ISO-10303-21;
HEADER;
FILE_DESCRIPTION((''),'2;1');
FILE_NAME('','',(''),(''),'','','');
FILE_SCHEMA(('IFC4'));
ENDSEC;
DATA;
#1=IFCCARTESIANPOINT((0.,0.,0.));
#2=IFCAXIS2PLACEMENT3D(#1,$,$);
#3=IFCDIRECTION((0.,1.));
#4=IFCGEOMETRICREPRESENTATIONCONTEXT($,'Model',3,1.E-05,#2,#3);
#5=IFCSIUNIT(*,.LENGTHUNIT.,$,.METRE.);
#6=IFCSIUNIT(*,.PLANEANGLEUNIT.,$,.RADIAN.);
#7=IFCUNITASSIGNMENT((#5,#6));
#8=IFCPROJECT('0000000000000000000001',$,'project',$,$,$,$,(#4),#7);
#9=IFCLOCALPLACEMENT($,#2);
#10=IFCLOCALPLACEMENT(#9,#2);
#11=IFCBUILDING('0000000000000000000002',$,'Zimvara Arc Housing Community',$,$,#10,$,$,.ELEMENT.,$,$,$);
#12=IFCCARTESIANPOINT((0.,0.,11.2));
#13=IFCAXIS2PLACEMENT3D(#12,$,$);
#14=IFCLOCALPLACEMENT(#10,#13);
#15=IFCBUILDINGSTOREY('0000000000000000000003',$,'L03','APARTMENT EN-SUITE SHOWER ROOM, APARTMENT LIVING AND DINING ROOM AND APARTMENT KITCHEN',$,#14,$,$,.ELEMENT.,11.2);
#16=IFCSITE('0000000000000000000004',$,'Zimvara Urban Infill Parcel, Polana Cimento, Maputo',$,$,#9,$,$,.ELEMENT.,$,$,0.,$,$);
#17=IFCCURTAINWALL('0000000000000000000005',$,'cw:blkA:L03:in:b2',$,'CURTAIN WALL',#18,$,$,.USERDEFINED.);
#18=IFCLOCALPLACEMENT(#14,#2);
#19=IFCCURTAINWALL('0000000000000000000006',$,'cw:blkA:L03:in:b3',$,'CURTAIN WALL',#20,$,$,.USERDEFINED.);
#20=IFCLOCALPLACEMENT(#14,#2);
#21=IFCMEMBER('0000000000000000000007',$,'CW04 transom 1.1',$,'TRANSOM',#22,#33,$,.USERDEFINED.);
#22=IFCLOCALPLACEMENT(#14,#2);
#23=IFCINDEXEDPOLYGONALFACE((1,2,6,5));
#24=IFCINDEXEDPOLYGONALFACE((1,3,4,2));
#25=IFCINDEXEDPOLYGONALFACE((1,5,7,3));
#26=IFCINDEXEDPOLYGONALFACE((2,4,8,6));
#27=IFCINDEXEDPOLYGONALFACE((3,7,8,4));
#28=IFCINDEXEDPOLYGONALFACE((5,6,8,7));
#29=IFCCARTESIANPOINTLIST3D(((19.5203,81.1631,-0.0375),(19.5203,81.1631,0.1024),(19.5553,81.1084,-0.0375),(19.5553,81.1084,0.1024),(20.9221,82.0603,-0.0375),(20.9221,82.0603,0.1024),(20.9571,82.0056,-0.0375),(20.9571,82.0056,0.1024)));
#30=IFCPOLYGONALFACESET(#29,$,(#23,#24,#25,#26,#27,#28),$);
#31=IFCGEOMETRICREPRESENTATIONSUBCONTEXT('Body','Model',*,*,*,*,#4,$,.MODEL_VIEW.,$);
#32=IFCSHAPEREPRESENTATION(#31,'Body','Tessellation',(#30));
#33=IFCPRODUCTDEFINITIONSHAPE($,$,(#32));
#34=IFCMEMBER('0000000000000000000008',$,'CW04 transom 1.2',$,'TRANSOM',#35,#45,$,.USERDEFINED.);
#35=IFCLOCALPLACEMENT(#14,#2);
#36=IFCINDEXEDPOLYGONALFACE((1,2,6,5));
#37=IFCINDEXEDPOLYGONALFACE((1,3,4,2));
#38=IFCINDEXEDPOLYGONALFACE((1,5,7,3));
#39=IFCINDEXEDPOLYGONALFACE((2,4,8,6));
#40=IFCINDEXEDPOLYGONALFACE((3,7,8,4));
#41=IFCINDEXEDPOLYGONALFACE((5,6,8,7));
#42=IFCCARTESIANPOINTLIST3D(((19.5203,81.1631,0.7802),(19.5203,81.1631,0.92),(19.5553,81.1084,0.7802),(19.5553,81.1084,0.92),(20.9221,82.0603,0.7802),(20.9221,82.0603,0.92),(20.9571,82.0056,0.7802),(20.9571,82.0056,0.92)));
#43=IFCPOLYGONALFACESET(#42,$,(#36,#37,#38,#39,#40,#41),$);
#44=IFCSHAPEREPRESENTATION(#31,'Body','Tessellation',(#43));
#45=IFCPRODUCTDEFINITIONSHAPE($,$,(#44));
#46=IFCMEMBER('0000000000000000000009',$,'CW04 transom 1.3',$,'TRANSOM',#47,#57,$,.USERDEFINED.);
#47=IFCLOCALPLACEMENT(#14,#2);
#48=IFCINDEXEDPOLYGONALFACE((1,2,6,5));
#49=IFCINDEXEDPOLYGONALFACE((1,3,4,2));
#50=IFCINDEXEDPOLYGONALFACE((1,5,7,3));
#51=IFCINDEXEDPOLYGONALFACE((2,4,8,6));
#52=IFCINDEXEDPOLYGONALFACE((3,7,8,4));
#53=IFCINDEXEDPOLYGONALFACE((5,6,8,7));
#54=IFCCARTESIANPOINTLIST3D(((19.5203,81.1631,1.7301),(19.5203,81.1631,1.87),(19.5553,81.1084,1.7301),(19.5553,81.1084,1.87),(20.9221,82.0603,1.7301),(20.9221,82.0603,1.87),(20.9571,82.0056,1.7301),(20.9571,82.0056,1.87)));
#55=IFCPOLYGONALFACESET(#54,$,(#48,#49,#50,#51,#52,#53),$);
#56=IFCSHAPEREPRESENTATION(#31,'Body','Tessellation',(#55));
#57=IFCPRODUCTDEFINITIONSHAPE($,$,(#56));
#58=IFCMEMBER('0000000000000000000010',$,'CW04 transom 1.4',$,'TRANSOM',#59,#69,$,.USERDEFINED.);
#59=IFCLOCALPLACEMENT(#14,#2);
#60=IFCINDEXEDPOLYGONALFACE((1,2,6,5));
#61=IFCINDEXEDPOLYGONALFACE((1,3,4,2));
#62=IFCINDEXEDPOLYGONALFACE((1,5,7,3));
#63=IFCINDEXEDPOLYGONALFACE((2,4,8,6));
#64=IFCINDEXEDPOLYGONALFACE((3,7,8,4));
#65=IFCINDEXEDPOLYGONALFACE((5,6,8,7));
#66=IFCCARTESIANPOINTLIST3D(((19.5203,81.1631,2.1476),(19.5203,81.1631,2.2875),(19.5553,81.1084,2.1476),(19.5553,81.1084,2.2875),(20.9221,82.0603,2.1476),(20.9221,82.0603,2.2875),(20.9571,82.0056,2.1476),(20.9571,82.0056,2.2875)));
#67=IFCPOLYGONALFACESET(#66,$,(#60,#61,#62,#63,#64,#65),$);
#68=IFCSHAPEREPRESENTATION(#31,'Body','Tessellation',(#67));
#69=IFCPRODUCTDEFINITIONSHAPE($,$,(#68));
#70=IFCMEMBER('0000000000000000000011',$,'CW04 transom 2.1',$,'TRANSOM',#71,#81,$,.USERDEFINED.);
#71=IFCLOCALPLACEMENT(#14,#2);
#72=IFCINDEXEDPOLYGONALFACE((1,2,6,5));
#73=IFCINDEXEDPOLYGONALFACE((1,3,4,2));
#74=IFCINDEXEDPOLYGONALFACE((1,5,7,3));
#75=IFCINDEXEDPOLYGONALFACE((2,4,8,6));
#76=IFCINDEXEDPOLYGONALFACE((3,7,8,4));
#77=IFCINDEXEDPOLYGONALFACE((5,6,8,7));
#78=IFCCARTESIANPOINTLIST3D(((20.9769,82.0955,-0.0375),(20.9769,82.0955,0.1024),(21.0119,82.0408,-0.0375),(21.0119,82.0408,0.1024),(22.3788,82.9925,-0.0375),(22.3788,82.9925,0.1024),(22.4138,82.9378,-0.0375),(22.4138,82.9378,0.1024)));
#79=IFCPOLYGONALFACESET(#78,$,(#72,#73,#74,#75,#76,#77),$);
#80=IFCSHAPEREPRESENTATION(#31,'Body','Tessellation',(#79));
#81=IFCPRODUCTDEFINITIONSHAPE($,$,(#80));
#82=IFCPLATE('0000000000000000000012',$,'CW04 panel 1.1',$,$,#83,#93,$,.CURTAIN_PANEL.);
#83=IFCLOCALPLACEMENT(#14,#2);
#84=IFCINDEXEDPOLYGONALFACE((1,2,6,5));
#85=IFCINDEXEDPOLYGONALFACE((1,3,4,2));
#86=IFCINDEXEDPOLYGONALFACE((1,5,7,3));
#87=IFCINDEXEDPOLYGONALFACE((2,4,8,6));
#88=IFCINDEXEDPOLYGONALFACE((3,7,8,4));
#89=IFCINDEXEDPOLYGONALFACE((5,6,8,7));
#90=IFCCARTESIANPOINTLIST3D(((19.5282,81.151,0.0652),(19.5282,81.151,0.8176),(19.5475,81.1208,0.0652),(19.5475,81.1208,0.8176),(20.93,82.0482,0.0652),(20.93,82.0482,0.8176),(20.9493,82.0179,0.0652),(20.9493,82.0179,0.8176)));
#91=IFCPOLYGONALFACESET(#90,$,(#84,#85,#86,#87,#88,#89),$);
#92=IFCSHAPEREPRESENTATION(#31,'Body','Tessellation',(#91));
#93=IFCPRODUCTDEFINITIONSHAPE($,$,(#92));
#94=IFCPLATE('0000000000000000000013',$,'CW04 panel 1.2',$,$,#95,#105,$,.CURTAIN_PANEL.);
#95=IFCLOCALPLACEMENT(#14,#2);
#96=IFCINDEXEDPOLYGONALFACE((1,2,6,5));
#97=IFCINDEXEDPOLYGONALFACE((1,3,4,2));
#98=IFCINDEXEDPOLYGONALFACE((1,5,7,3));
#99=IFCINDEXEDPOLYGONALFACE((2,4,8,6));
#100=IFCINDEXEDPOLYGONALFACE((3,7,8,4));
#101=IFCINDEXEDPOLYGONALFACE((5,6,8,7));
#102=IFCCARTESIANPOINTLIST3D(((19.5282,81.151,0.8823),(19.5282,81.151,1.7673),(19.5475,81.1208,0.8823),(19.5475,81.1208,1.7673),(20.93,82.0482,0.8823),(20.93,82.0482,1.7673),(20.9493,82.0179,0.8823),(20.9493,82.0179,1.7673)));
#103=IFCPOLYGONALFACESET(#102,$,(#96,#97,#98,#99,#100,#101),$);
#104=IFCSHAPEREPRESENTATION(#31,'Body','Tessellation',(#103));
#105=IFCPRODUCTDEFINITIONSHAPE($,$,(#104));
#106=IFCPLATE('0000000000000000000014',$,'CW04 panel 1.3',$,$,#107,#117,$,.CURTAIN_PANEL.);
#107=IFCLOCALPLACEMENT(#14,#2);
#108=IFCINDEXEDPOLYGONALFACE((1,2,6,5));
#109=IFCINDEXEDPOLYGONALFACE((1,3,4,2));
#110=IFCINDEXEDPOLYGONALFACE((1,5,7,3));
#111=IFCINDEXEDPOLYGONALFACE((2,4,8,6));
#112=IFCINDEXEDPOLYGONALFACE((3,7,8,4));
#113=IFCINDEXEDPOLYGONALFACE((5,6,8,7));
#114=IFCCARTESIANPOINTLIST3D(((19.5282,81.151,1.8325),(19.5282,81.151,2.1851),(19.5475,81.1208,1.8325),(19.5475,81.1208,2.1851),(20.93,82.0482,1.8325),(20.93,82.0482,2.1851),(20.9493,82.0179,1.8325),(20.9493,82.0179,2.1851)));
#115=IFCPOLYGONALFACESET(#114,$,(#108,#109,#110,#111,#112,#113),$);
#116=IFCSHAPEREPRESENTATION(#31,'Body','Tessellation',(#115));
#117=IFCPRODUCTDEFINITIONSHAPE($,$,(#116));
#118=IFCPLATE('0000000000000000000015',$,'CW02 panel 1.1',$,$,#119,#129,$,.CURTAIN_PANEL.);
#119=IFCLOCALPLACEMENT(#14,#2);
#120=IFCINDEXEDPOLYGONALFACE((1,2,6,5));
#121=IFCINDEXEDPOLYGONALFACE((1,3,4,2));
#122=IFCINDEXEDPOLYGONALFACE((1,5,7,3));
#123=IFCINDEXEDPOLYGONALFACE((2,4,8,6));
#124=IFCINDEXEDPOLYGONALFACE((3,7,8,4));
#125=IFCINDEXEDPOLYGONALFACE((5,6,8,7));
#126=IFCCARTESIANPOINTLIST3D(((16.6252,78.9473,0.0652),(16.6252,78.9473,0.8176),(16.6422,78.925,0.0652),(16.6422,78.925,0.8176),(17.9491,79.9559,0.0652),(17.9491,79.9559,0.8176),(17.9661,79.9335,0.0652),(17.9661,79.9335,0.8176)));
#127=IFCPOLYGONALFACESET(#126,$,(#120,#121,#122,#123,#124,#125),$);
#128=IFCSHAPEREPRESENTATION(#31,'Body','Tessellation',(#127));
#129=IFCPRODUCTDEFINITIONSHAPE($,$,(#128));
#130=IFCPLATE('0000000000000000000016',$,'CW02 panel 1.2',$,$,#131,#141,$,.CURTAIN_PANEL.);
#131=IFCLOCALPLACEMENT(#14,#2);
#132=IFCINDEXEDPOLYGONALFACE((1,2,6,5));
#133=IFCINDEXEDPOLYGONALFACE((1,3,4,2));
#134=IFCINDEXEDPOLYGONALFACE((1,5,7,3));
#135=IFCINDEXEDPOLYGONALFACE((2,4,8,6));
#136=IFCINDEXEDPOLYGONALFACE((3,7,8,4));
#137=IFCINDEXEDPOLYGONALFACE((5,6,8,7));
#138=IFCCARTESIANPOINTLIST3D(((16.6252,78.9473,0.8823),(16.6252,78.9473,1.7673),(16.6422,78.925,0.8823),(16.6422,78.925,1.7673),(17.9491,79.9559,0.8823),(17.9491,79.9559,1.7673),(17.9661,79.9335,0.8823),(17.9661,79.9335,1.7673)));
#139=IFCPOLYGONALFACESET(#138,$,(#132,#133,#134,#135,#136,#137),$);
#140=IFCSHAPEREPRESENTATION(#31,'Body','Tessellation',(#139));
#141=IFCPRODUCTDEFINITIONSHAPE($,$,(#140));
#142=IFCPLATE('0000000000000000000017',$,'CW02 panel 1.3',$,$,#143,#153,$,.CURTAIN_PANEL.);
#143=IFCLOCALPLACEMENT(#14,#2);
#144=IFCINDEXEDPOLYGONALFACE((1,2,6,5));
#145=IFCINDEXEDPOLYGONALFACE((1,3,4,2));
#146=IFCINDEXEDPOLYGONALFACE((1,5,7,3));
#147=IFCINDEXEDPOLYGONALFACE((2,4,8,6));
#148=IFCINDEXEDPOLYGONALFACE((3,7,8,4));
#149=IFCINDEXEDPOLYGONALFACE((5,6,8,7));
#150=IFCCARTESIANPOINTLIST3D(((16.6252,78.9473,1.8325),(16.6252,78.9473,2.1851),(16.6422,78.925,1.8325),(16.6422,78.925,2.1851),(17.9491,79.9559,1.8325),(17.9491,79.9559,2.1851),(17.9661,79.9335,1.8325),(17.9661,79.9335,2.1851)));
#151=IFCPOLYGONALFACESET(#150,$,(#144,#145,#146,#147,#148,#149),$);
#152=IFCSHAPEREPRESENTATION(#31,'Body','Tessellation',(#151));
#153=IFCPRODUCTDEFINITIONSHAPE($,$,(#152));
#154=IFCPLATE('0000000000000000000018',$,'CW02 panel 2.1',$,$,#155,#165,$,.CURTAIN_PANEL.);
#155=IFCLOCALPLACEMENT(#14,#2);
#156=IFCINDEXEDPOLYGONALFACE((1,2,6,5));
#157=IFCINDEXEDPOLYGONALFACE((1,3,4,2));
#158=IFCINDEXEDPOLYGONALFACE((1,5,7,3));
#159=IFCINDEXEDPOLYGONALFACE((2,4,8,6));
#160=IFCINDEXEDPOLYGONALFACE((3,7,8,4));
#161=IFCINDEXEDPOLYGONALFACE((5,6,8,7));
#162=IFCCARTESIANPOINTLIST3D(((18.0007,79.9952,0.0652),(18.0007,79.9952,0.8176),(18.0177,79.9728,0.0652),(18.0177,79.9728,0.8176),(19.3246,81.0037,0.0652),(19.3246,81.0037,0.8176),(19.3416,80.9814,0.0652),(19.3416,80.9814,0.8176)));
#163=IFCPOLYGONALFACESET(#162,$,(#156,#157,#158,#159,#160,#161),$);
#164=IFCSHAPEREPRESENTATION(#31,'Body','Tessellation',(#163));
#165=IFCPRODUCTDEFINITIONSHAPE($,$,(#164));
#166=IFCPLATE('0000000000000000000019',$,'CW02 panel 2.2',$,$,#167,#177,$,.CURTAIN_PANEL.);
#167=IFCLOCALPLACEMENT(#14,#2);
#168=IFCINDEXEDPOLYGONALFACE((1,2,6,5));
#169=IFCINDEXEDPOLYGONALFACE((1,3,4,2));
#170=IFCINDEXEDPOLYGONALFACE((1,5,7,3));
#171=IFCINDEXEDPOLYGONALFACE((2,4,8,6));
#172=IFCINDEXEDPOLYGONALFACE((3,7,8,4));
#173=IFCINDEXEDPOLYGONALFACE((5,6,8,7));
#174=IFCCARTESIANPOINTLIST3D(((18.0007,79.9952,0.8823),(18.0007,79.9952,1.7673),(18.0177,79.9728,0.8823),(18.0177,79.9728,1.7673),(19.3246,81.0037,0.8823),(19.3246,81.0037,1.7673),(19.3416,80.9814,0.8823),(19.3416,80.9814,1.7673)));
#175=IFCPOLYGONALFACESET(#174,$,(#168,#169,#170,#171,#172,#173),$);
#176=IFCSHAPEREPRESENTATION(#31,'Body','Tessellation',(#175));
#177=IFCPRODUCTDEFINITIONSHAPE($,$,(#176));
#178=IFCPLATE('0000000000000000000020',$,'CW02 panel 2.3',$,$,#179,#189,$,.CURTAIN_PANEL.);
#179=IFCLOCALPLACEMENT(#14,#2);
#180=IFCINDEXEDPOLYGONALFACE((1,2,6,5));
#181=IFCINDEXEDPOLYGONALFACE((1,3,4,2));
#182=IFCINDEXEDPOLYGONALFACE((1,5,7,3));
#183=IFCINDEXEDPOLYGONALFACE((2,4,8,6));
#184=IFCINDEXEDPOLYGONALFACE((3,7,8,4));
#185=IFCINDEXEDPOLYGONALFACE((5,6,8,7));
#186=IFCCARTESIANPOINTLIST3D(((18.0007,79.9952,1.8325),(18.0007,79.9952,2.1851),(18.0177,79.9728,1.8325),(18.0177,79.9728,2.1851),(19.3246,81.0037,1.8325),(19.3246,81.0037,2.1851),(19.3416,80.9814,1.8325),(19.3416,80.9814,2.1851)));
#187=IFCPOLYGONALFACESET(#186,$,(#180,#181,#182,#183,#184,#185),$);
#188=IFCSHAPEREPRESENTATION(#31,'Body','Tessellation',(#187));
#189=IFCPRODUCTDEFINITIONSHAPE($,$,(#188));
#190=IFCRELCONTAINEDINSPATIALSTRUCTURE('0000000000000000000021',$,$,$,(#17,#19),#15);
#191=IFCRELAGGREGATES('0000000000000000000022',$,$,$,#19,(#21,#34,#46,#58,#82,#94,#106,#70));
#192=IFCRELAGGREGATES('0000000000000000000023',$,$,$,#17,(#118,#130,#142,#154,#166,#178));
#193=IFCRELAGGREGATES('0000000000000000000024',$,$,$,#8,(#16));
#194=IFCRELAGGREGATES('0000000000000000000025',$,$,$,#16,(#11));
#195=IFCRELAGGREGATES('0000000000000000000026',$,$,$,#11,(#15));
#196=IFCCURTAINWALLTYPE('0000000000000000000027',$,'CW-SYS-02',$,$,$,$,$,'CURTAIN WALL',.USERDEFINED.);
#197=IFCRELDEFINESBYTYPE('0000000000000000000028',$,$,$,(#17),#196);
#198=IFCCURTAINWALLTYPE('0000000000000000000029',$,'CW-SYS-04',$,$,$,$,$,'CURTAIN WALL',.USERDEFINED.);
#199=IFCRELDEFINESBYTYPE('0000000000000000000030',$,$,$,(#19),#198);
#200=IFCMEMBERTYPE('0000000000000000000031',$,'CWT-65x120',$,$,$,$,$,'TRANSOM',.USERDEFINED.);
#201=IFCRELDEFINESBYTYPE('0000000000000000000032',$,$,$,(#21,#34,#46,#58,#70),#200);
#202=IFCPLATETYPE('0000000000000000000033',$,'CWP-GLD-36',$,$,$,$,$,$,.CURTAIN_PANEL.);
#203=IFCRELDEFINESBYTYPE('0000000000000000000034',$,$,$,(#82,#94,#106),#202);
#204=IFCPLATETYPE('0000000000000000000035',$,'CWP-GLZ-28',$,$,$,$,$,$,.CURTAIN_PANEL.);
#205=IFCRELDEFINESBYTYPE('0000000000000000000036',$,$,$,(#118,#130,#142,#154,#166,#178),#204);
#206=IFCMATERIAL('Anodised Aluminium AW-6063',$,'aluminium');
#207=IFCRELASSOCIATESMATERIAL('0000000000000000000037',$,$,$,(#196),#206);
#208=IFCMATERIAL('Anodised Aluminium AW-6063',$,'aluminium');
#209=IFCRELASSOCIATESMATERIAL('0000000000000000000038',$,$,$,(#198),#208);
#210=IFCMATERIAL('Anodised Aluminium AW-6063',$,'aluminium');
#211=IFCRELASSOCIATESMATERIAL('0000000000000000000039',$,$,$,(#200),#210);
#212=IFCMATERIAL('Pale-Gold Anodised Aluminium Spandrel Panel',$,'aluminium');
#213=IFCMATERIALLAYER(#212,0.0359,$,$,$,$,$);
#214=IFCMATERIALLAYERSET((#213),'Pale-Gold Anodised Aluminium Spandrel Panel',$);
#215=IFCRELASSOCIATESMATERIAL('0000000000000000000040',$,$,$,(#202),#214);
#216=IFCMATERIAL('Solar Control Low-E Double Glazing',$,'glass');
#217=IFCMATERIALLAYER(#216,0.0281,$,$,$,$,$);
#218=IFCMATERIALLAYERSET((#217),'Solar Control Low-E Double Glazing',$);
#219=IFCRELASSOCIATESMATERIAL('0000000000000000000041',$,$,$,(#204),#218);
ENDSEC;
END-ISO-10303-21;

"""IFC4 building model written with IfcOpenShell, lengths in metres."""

from ifc_helpers import new_model, si_unit, direction, frame, origin, origin_2d, place, context, subcontext, project, spatial, rectangle, extrude, material, layer, layer_set, material_profile, profile_set, type_object, element, aggregate, save


model = new_model("IFC4")

# Units and contexts
model_context = context("Model", 3, precision=1e-05, world=origin(), true_north=direction((0.0, 1.0)))
body_context = subcontext(model_context, "Body", "Model", "MODEL_VIEW")
ifc_project = project(units=[si_unit("LENGTHUNIT", "METRE"), si_unit("PLANEANGLEUNIT", "RADIAN")], contexts=[model_context])

# Site, building, storey
site_placement = place(None, origin())
site = spatial("IfcSite", under=ifc_project, at=site_placement, Name="Zimvara Urban Infill Parcel, Polana Cimento, Maputo", CompositionType="ELEMENT", RefElevation=0.0)
building_placement = place(site_placement, origin())
building = spatial("IfcBuilding", under=site, at=building_placement, Name="Zimvara Arc Housing Community", CompositionType="ELEMENT")
storey_placement = place(building_placement, frame((0.0, 0.0, 11.2)))
storey = spatial("IfcBuildingStorey", under=building, at=storey_placement, Name="L03", Description="APARTMENT EN-SUITE SHOWER ROOM, APARTMENT LIVING AND DINING ROOM AND APARTMENT KITCHEN", CompositionType="ELEMENT", Elevation=11.2)

# Curtain walls
ifc_material_1 = material(Name="Anodised Aluminium AW-6063", Category="aluminium")
curtain_wall_type_1 = type_object("IfcCurtainWallType", Name="CW-SYS-02", ElementType="CURTAIN WALL", PredefinedType="USERDEFINED", material=ifc_material_1)
curtain_wall_1_placement = place(storey_placement, origin())
curtain_wall_1 = element("IfcCurtainWall", 1, at=curtain_wall_1_placement, inside=storey, type_object=curtain_wall_type_1, Name="cw:blkA:L03:in:b2", ObjectType="CURTAIN WALL", PredefinedType="USERDEFINED")
ifc_material_2 = material(Name="Anodised Aluminium AW-6063", Category="aluminium")
curtain_wall_type_2 = type_object("IfcCurtainWallType", Name="CW-SYS-04", ElementType="CURTAIN WALL", PredefinedType="USERDEFINED", material=ifc_material_2)
curtain_wall_2_placement = place(storey_placement, origin())
curtain_wall_2 = element("IfcCurtainWall", 2, at=curtain_wall_2_placement, inside=storey, type_object=curtain_wall_type_2, Name="cw:blkA:L03:in:b3", ObjectType="CURTAIN WALL", PredefinedType="USERDEFINED")

# Members
ifc_material_3 = material(Name="Anodised Aluminium AW-6063", Category="aluminium")
ifc_material_profile_1 = material_profile(ifc_material_3, rectangle(XDim=0.0649, YDim=0.1399, at=origin_2d()), Name="ALU 65x140")
ifc_profile_set_1 = profile_set([ifc_material_profile_1], Name="Anodised Aluminium AW-6063")
member_type_1 = type_object("IfcMemberType", Name="CWT-65x120", ElementType="TRANSOM", PredefinedType="USERDEFINED", material=ifc_profile_set_1)
member_1_placement = place(storey_placement, frame((19.5378, 81.1357, 0.0325), z_axis=(0.842263, 0.539066, 0.0), x_axis=(-0.539066, 0.842263, 0.0)))
member_1 = element("IfcMember", 3, at=member_1_placement, type_object=member_type_1, Name="CW04 transom 1.1", ObjectType="TRANSOM", PredefinedType="USERDEFINED", context=body_context, shape_type="SweptSolid", body=[
    extrude(rectangle(XDim=0.0649, YDim=0.1399, at=origin_2d()), origin(), (0.0, 0.0, 1.0), 1.6643),
])
member_2_placement = place(storey_placement, frame((19.5378, 81.1357, 0.8501), z_axis=(0.842263, 0.539066, 0.0), x_axis=(-0.539066, 0.842263, 0.0)))
member_2 = element("IfcMember", 4, at=member_2_placement, type_object=member_type_1, Name="CW04 transom 1.2", ObjectType="TRANSOM", PredefinedType="USERDEFINED", context=body_context, shape_type="SweptSolid", body=[
    extrude(rectangle(XDim=0.0649, YDim=0.1399, at=origin_2d()), origin(), (0.0, 0.0, 1.0), 1.6643),
])
member_3_placement = place(storey_placement, frame((19.5378, 81.1357, 1.8), z_axis=(0.842263, 0.539066, 0.0), x_axis=(-0.539066, 0.842263, 0.0)))
member_3 = element("IfcMember", 5, at=member_3_placement, type_object=member_type_1, Name="CW04 transom 1.3", ObjectType="TRANSOM", PredefinedType="USERDEFINED", context=body_context, shape_type="SweptSolid", body=[
    extrude(rectangle(XDim=0.0649, YDim=0.1399, at=origin_2d()), origin(), (0.0, 0.0, 1.0), 1.6643),
])
member_4_placement = place(storey_placement, frame((19.5378, 81.1357, 2.2175), z_axis=(0.842263, 0.539066, 0.0), x_axis=(-0.539066, 0.842263, 0.0)))
member_4 = element("IfcMember", 6, at=member_4_placement, type_object=member_type_1, Name="CW04 transom 1.4", ObjectType="TRANSOM", PredefinedType="USERDEFINED", context=body_context, shape_type="SweptSolid", body=[
    extrude(rectangle(XDim=0.0649, YDim=0.1399, at=origin_2d()), origin(), (0.0, 0.0, 1.0), 1.6643),
])
member_5_placement = place(storey_placement, frame((20.9944, 82.0681, 0.0325), z_axis=(0.84233, 0.538962, 0.0), x_axis=(-0.538962, 0.84233, 0.0)))
member_5 = element("IfcMember", 7, at=member_5_placement, type_object=member_type_1, Name="CW04 transom 2.1", ObjectType="TRANSOM", PredefinedType="USERDEFINED", context=body_context, shape_type="SweptSolid", body=[
    extrude(rectangle(XDim=0.0649, YDim=0.1399, at=origin_2d()), origin(), (0.0, 0.0, 1.0), 1.6643),
])

# Plates
ifc_material_4 = material(Name="Pale-Gold Anodised Aluminium Spandrel Panel", Category="aluminium")
ifc_layer_1 = layer(ifc_material_4, 0.0359)
ifc_layer_set_1 = layer_set([ifc_layer_1], Name="Pale-Gold Anodised Aluminium Spandrel Panel")
plate_type_1 = type_object("IfcPlateType", Name="CWP-GLD-36", PredefinedType="CURTAIN_PANEL", material=ifc_layer_set_1)
plate_1_placement = place(storey_placement, frame((20.2388, 81.5845, 0.0652), z_axis=(0.0, 0.0, 1.0), x_axis=(0.842265, 0.539064, 0.0)))
plate_1 = element("IfcPlate", 8, at=plate_1_placement, type_object=plate_type_1, Name="CW04 panel 1.1", PredefinedType="CURTAIN_PANEL", context=body_context, shape_type="SweptSolid", body=[
    extrude(rectangle(XDim=1.6643, YDim=0.0359, at=origin_2d()), origin(), (0.0, 0.0, 1.0), 0.7524),
])
plate_2_placement = place(storey_placement, frame((20.2388, 81.5845, 0.8823), z_axis=(0.0, 0.0, 1.0), x_axis=(0.842265, 0.539064, 0.0)))
plate_2 = element("IfcPlate", 9, at=plate_2_placement, type_object=plate_type_1, Name="CW04 panel 1.2", PredefinedType="CURTAIN_PANEL", context=body_context, shape_type="SweptSolid", body=[
    extrude(rectangle(XDim=1.6643, YDim=0.0359, at=origin_2d()), origin(), (0.0, 0.0, 1.0), 0.885),
])
plate_3_placement = place(storey_placement, frame((20.2388, 81.5845, 1.8325), z_axis=(0.0, 0.0, 1.0), x_axis=(0.842265, 0.539064, 0.0)))
plate_3 = element("IfcPlate", 10, at=plate_3_placement, type_object=plate_type_1, Name="CW04 panel 1.3", PredefinedType="CURTAIN_PANEL", context=body_context, shape_type="SweptSolid", body=[
    extrude(rectangle(XDim=1.6643, YDim=0.0359, at=origin_2d()), origin(), (0.0, 0.0, 1.0), 0.3525),
])
aggregate(curtain_wall_2, [member_1, member_2, member_3, member_4, plate_1, plate_2, plate_3, member_5])
ifc_material_5 = material(Name="Solar Control Low-E Double Glazing", Category="glass")
ifc_layer_2 = layer(ifc_material_5, 0.0281)
ifc_layer_set_2 = layer_set([ifc_layer_2], Name="Solar Control Low-E Double Glazing")
plate_type_2 = type_object("IfcPlateType", Name="CWP-GLZ-28", PredefinedType="CURTAIN_PANEL", material=ifc_layer_set_2)
plate_4_placement = place(storey_placement, frame((17.2957, 79.4404, 0.0652), z_axis=(0.0, 0.0, 1.0), x_axis=(0.795474, 0.605988, 0.0)))
plate_4 = element("IfcPlate", 11, at=plate_4_placement, type_object=plate_type_2, Name="CW02 panel 1.1", PredefinedType="CURTAIN_PANEL", context=body_context, shape_type="SweptSolid", body=[
    extrude(rectangle(XDim=1.6643, YDim=0.0281, at=origin_2d()), origin(), (0.0, 0.0, 1.0), 0.7524),
])
plate_5_placement = place(storey_placement, frame((17.2957, 79.4404, 0.8823), z_axis=(0.0, 0.0, 1.0), x_axis=(0.795474, 0.605988, 0.0)))
plate_5 = element("IfcPlate", 12, at=plate_5_placement, type_object=plate_type_2, Name="CW02 panel 1.2", PredefinedType="CURTAIN_PANEL", context=body_context, shape_type="SweptSolid", body=[
    extrude(rectangle(XDim=1.6643, YDim=0.0281, at=origin_2d()), origin(), (0.0, 0.0, 1.0), 0.885),
])
plate_6_placement = place(storey_placement, frame((17.2957, 79.4404, 1.8325), z_axis=(0.0, 0.0, 1.0), x_axis=(0.795474, 0.605988, 0.0)))
plate_6 = element("IfcPlate", 13, at=plate_6_placement, type_object=plate_type_2, Name="CW02 panel 1.3", PredefinedType="CURTAIN_PANEL", context=body_context, shape_type="SweptSolid", body=[
    extrude(rectangle(XDim=1.6643, YDim=0.0281, at=origin_2d()), origin(), (0.0, 0.0, 1.0), 0.3525),
])
plate_7_placement = place(storey_placement, frame((18.6711, 80.4883, 0.0652), z_axis=(0.0, 0.0, 1.0), x_axis=(0.795474, 0.605988, 0.0)))
plate_7 = element("IfcPlate", 14, at=plate_7_placement, type_object=plate_type_2, Name="CW02 panel 2.1", PredefinedType="CURTAIN_PANEL", context=body_context, shape_type="SweptSolid", body=[
    extrude(rectangle(XDim=1.6643, YDim=0.0281, at=origin_2d()), origin(), (0.0, 0.0, 1.0), 0.7524),
])
plate_8_placement = place(storey_placement, frame((18.6711, 80.4883, 0.8823), z_axis=(0.0, 0.0, 1.0), x_axis=(0.795474, 0.605988, 0.0)))
plate_8 = element("IfcPlate", 15, at=plate_8_placement, type_object=plate_type_2, Name="CW02 panel 2.2", PredefinedType="CURTAIN_PANEL", context=body_context, shape_type="SweptSolid", body=[
    extrude(rectangle(XDim=1.6643, YDim=0.0281, at=origin_2d()), origin(), (0.0, 0.0, 1.0), 0.885),
])
plate_9_placement = place(storey_placement, frame((18.6711, 80.4883, 1.8325), z_axis=(0.0, 0.0, 1.0), x_axis=(0.795474, 0.605988, 0.0)))
plate_9 = element("IfcPlate", 16, at=plate_9_placement, type_object=plate_type_2, Name="CW02 panel 2.3", PredefinedType="CURTAIN_PANEL", context=body_context, shape_type="SweptSolid", body=[
    extrude(rectangle(XDim=1.6643, YDim=0.0281, at=origin_2d()), origin(), (0.0, 0.0, 1.0), 0.3525),
])
aggregate(curtain_wall_1, [plate_4, plate_5, plate_6, plate_7, plate_8, plate_9])

save(model, "model.ifc")
